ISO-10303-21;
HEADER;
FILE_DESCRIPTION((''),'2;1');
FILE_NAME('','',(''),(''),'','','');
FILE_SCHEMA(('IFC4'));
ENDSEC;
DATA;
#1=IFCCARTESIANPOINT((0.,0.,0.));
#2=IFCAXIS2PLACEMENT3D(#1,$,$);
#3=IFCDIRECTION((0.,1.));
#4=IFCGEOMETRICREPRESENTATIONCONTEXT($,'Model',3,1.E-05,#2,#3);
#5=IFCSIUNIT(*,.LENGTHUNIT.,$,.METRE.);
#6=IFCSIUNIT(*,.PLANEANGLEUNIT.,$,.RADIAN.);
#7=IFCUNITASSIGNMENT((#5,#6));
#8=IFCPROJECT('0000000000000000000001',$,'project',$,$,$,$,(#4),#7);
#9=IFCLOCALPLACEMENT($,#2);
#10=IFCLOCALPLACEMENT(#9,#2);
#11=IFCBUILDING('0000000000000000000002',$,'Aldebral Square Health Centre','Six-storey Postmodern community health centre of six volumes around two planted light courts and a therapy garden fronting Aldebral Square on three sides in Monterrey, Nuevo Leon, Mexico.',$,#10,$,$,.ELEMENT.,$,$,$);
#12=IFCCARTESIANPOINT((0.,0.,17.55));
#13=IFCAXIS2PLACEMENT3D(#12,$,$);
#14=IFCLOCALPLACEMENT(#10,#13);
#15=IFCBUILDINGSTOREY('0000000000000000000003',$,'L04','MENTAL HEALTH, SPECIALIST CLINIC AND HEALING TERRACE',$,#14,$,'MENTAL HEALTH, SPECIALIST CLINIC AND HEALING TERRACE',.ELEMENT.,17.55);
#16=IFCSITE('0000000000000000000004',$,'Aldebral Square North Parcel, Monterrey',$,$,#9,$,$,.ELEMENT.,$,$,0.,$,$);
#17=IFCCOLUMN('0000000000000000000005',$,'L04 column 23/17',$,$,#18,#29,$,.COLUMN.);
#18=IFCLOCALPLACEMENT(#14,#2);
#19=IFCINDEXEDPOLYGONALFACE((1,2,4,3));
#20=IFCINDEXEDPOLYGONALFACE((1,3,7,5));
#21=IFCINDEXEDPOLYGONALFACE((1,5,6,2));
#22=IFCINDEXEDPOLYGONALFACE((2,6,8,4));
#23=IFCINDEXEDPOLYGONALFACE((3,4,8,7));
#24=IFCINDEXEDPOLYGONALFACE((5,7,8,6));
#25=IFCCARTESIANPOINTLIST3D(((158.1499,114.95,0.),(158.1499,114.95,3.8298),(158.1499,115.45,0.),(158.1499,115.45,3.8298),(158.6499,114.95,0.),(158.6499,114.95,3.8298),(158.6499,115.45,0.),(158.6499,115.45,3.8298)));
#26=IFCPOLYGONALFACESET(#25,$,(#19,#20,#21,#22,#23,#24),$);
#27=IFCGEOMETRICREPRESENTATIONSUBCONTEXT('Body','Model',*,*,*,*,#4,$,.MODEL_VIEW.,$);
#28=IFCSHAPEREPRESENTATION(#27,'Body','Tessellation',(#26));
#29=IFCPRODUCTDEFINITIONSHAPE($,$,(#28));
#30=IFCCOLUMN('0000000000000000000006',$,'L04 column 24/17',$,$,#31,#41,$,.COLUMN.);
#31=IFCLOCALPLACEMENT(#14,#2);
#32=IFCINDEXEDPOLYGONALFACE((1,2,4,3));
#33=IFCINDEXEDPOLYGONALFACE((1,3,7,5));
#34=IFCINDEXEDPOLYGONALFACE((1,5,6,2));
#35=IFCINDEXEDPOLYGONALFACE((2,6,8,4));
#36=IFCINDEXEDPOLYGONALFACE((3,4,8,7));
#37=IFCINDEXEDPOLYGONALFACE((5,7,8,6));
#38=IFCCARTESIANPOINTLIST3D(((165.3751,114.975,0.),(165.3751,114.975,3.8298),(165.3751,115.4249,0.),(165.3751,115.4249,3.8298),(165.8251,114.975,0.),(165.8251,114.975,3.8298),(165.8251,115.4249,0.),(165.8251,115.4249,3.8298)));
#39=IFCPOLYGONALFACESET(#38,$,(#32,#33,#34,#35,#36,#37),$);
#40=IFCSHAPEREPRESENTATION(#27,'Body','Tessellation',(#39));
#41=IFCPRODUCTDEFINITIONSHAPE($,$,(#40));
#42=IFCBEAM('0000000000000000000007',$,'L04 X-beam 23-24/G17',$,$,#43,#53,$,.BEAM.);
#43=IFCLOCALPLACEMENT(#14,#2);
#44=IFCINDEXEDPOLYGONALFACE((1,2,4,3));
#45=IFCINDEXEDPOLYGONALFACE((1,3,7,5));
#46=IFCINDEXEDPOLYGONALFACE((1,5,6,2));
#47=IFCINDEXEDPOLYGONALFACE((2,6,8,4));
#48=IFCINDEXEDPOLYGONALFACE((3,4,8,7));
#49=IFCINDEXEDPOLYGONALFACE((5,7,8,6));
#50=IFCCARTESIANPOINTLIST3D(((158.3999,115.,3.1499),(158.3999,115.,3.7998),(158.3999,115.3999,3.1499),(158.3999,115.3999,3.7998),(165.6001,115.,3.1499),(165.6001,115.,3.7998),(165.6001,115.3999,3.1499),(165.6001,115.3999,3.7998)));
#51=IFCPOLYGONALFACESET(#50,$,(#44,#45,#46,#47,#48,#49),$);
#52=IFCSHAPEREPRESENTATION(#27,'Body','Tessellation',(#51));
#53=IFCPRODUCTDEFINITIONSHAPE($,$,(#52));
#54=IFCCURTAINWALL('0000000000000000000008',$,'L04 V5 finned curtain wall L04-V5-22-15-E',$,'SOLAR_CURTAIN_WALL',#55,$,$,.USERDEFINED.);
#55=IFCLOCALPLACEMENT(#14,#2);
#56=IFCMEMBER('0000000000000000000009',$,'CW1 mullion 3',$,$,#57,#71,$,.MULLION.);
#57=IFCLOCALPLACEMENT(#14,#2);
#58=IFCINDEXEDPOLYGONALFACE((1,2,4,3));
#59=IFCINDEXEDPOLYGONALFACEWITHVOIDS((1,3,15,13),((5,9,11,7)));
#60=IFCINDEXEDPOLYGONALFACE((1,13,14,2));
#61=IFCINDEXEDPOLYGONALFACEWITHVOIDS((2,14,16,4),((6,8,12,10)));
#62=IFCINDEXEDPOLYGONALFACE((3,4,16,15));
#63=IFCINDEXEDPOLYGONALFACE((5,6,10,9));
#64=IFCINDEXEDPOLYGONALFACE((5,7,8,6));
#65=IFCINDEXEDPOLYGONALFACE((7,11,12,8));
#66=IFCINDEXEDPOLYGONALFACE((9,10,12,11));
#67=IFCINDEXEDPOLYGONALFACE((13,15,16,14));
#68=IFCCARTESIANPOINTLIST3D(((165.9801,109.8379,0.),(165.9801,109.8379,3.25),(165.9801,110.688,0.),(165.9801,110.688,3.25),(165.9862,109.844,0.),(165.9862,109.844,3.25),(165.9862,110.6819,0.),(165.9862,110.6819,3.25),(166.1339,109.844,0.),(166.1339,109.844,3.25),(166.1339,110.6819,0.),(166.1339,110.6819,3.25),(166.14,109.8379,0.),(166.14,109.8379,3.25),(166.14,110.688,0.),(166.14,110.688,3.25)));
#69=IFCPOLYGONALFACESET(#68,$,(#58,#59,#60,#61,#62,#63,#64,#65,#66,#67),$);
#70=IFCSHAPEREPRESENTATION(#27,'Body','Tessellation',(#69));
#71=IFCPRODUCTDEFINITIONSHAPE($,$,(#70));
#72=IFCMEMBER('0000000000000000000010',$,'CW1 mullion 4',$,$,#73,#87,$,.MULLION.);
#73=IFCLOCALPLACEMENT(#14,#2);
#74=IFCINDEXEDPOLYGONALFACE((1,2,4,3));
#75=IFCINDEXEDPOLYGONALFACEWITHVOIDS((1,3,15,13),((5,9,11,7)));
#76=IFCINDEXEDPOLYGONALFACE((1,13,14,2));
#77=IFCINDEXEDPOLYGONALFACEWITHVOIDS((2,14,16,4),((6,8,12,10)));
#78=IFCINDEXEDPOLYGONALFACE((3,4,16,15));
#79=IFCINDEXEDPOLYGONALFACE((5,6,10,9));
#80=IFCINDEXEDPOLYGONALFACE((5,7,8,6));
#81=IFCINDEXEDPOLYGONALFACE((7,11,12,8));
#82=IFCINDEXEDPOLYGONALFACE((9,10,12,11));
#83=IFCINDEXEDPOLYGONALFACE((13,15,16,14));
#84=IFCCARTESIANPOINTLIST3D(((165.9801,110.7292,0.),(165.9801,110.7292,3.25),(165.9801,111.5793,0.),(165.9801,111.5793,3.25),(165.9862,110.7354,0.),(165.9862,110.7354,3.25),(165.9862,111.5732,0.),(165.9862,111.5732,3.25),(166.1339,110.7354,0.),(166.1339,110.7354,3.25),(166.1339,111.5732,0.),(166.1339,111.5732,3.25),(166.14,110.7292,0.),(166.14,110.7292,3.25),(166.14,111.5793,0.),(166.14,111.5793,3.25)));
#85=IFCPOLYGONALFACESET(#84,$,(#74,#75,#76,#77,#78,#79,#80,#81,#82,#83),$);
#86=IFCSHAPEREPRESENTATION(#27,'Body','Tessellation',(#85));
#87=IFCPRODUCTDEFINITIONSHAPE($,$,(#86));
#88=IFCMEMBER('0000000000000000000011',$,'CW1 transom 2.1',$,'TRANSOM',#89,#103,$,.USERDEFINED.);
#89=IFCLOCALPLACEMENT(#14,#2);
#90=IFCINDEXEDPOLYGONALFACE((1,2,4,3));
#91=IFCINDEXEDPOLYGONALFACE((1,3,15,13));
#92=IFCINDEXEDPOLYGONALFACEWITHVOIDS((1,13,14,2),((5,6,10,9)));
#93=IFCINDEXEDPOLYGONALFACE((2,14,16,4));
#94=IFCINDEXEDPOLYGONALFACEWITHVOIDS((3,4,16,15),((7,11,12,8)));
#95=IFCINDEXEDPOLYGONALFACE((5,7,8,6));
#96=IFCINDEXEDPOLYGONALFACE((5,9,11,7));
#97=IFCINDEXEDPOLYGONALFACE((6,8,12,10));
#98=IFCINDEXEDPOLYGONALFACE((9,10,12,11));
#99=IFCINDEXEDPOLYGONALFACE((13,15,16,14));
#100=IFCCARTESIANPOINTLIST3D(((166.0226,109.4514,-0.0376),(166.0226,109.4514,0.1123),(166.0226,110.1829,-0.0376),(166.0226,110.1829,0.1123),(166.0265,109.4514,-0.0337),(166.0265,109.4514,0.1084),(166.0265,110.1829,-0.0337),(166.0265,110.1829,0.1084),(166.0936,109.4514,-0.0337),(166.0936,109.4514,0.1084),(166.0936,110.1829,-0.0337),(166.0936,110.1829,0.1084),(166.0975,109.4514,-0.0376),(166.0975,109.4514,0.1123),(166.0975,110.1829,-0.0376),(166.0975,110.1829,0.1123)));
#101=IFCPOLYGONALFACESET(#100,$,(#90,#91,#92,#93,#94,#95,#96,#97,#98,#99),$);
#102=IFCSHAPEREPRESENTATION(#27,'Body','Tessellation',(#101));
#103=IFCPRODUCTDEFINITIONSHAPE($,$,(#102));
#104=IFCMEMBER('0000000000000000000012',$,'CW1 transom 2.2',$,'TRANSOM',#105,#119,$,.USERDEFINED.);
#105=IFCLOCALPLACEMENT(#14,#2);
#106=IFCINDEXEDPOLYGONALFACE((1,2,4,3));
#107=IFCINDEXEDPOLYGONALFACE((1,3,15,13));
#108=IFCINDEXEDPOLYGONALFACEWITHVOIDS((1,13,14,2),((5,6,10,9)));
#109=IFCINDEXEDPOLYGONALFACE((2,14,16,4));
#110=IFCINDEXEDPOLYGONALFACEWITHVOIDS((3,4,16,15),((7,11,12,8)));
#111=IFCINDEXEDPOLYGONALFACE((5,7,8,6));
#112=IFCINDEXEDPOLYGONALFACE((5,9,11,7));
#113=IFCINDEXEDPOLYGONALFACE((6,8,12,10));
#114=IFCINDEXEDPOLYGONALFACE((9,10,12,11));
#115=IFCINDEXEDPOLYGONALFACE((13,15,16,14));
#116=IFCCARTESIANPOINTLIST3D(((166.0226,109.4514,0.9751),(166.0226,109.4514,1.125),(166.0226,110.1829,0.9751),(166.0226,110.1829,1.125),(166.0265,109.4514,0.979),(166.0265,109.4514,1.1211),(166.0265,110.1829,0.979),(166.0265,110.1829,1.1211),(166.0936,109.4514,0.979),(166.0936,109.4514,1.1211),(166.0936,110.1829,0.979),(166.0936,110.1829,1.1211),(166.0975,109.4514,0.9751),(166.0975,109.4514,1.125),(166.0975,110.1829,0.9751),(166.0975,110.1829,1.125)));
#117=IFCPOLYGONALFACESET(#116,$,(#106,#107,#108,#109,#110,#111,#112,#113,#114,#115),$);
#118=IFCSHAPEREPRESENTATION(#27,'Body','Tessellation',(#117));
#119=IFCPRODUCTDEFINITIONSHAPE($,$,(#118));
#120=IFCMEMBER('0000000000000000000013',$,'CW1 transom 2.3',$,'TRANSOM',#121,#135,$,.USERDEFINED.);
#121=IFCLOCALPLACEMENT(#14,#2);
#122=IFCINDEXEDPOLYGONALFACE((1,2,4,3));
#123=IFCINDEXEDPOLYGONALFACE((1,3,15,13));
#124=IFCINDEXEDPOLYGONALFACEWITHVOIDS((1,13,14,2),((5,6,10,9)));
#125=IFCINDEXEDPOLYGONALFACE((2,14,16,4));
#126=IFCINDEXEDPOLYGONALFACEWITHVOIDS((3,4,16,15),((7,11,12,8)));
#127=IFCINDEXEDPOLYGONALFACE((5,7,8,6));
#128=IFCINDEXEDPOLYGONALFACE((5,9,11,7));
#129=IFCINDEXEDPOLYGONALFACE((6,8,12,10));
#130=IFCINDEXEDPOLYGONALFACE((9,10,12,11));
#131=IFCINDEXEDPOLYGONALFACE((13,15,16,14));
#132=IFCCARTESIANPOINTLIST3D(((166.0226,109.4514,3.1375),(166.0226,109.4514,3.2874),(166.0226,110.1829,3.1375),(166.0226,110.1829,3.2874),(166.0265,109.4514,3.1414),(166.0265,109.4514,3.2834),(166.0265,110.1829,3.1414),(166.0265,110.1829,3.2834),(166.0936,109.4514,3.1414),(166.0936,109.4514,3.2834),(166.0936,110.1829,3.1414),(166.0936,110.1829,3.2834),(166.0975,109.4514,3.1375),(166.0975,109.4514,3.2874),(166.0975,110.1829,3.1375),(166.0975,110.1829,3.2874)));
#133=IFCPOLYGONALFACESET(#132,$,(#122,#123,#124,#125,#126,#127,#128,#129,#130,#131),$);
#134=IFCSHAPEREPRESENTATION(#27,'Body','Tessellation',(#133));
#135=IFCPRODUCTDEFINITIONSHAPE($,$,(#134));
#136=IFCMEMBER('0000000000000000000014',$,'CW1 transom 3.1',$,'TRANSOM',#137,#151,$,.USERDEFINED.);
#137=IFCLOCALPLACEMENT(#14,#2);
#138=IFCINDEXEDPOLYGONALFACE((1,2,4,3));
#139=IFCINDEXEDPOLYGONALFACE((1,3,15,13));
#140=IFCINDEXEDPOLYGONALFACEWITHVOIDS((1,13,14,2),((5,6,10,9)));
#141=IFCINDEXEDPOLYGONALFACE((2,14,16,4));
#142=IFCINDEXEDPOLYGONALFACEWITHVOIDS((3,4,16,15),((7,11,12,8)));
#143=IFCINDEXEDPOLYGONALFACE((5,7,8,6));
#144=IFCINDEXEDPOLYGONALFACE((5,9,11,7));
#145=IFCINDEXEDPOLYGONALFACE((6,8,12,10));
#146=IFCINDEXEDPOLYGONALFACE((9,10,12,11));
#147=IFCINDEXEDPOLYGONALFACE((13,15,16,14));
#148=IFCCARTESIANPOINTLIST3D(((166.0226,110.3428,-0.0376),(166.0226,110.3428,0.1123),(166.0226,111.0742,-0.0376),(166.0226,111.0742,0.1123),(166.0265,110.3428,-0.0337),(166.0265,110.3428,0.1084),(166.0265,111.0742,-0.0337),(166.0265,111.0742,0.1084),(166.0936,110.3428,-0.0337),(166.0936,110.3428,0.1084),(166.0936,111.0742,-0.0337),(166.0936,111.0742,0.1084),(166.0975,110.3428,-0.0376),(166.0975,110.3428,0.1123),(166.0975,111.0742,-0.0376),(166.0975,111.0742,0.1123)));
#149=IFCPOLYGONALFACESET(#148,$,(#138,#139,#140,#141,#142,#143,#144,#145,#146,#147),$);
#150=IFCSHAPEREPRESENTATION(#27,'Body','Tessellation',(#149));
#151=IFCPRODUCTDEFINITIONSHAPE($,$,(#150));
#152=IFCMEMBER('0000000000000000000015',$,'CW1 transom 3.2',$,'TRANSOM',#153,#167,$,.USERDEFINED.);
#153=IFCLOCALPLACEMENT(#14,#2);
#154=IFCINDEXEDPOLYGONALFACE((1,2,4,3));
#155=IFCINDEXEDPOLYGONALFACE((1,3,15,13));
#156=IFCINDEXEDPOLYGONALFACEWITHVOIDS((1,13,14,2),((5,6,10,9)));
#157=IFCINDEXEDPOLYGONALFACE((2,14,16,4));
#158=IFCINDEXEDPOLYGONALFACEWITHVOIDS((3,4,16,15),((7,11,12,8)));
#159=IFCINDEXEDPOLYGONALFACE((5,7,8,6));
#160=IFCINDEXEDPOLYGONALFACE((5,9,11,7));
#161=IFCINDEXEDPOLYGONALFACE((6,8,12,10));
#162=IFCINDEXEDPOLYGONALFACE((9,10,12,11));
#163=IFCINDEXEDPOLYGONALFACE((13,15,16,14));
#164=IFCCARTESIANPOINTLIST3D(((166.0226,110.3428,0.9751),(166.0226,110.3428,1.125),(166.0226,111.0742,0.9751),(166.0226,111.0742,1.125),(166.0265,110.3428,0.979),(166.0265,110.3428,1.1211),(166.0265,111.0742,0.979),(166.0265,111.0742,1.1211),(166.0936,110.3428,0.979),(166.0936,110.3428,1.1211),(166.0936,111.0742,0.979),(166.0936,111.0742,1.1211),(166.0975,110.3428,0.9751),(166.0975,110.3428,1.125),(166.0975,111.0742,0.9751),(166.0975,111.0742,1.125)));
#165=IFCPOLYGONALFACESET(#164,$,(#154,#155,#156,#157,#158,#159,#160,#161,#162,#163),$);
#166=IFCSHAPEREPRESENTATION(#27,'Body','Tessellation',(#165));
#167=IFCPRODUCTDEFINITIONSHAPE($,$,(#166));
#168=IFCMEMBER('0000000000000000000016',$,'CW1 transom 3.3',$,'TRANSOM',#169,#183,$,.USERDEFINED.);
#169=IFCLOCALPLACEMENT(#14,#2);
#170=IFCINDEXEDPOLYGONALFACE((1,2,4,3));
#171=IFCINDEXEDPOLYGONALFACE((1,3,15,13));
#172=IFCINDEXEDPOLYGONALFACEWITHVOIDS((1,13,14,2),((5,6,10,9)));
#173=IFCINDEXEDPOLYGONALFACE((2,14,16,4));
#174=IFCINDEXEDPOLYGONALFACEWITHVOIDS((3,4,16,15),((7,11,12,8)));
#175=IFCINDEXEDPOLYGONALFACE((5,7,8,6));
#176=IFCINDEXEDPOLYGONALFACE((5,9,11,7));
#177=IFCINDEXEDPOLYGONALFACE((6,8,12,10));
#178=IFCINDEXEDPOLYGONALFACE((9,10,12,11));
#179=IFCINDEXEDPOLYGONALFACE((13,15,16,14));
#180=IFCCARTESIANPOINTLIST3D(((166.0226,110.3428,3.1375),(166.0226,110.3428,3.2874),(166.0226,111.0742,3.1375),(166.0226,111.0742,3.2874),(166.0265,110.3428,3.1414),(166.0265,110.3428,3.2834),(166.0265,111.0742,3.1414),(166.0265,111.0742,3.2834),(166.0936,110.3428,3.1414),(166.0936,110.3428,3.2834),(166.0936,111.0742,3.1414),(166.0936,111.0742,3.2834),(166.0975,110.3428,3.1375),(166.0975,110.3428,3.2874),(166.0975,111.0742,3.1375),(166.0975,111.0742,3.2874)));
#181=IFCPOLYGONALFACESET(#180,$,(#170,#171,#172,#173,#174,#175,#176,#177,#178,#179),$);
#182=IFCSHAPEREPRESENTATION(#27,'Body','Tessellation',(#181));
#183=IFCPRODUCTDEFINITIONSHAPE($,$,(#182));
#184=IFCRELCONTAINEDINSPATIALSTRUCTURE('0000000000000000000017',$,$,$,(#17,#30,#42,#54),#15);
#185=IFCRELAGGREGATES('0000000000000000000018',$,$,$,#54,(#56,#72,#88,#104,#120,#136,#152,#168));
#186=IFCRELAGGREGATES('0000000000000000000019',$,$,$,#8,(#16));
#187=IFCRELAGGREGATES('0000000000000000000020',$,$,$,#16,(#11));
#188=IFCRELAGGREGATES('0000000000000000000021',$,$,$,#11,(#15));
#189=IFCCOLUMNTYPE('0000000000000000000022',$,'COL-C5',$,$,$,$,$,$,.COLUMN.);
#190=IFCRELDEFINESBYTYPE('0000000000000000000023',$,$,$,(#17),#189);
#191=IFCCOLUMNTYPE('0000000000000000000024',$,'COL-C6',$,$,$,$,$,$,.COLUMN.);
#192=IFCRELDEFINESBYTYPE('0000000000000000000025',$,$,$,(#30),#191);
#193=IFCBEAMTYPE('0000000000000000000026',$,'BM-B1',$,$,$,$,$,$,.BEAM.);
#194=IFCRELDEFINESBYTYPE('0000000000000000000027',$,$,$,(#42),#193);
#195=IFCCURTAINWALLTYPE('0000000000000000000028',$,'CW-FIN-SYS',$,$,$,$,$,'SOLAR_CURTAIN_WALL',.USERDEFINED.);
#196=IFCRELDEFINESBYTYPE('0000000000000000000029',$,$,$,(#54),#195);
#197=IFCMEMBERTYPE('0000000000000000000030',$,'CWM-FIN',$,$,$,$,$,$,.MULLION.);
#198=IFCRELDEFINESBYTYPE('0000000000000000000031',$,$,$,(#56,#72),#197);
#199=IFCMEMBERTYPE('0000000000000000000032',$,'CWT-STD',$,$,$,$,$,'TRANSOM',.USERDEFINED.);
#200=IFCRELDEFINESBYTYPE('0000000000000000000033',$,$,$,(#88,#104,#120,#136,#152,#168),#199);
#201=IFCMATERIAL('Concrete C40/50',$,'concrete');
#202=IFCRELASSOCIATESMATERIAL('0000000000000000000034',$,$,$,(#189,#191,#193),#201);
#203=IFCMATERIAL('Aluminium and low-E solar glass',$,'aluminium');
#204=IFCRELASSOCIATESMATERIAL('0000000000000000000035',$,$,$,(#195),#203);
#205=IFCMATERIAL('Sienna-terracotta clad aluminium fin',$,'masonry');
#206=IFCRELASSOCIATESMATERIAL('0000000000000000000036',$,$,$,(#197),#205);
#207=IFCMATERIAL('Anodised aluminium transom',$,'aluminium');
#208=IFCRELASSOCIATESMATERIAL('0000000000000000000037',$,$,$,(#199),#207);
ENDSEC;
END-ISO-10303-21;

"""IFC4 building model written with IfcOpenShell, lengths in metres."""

from ifc_helpers import new_model, si_unit, direction, frame, origin, origin_2d, place, context, subcontext, project, spatial, rectangle, hollow_rectangle, extrude, material, material_profile, profile_set, type_object, element, aggregate, save


model = new_model("IFC4")

# Units and contexts
model_context = context("Model", 3, precision=1e-05, world=origin(), true_north=direction((0.0, 1.0)))
body_context = subcontext(model_context, "Body", "Model", "MODEL_VIEW")
ifc_project = project(units=[si_unit("LENGTHUNIT", "METRE"), si_unit("PLANEANGLEUNIT", "RADIAN")], contexts=[model_context])

# Site, building, storey
site_placement = place(None, origin())
site = spatial("IfcSite", under=ifc_project, at=site_placement, Name="Aldebral Square North Parcel, Monterrey", CompositionType="ELEMENT", RefElevation=0.0)
building_placement = place(site_placement, origin())
building = spatial("IfcBuilding", under=site, at=building_placement, Name="Aldebral Square Health Centre", Description="Six-storey Postmodern community health centre of six volumes around two planted light courts and a therapy garden fronting Aldebral Square on three sides in Monterrey, Nuevo Leon, Mexico.", CompositionType="ELEMENT")
storey_placement = place(building_placement, frame((0.0, 0.0, 17.55)))
storey = spatial("IfcBuildingStorey", under=building, at=storey_placement, Name="L04", Description="MENTAL HEALTH, SPECIALIST CLINIC AND HEALING TERRACE", LongName="MENTAL HEALTH, SPECIALIST CLINIC AND HEALING TERRACE", CompositionType="ELEMENT", Elevation=17.55)

# Columns
ifc_material_1 = material(Name="Concrete C40/50", Category="concrete")
ifc_material_profile_1 = material_profile(ifc_material_1, rectangle(XDim=0.5, YDim=0.5, at=origin_2d()), Name="RC 500x500")
ifc_profile_set_1 = profile_set([ifc_material_profile_1], Name="Concrete C40/50")
column_type_1 = type_object("IfcColumnType", Name="COL-C5", PredefinedType="COLUMN", material=ifc_profile_set_1)
column_1_placement = place(storey_placement, frame((158.3999, 115.2, 0.0), z_axis=(0.0, 0.0, 1.0), x_axis=(1.0, 0.0, 0.0)))
element("IfcColumn", 1, at=column_1_placement, inside=storey, type_object=column_type_1, Name="L04 column 23/17", PredefinedType="COLUMN", context=body_context, shape_type="SweptSolid", body=[
    extrude(rectangle(XDim=0.5, YDim=0.5, at=origin_2d()), origin(), (0.0, 0.0, 1.0), 3.8298),
])
ifc_material_profile_2 = material_profile(ifc_material_1, rectangle(XDim=0.45, YDim=0.45, at=origin_2d()), Name="RC 450x450")
ifc_profile_set_2 = profile_set([ifc_material_profile_2], Name="Concrete C40/50")
column_type_2 = type_object("IfcColumnType", Name="COL-C6", PredefinedType="COLUMN", material=ifc_profile_set_2)
column_2_placement = place(storey_placement, frame((165.6001, 115.2, 0.0), z_axis=(0.0, 0.0, 1.0), x_axis=(1.0, 0.0, 0.0)))
element("IfcColumn", 2, at=column_2_placement, inside=storey, type_object=column_type_2, Name="L04 column 24/17", PredefinedType="COLUMN", context=body_context, shape_type="SweptSolid", body=[
    extrude(rectangle(XDim=0.45, YDim=0.45, at=origin_2d()), origin(), (0.0, 0.0, 1.0), 3.8298),
])

# Beam
ifc_material_profile_3 = material_profile(ifc_material_1, rectangle(XDim=0.3999, YDim=0.6499, at=origin_2d()), Name="RC 400x650")
ifc_profile_set_3 = profile_set([ifc_material_profile_3], Name="Concrete C40/50")
beam_type = type_object("IfcBeamType", Name="BM-B1", PredefinedType="BEAM", material=ifc_profile_set_3)
beam_placement = place(storey_placement, frame((158.3999, 115.2, 3.4749), z_axis=(1.0, 0.0, 0.0), x_axis=(0.0, 1.0, 0.0)))
element("IfcBeam", 3, at=beam_placement, inside=storey, type_object=beam_type, Name="L04 X-beam 23-24/G17", PredefinedType="BEAM", context=body_context, shape_type="SweptSolid", body=[
    extrude(rectangle(XDim=0.3999, YDim=0.6499, at=origin_2d()), origin(), (0.0, 0.0, 1.0), 7.2002),
])

# Curtain wall, members
ifc_material_2 = material(Name="Aluminium and low-E solar glass", Category="aluminium")
curtain_wall_type = type_object("IfcCurtainWallType", Name="CW-FIN-SYS", ElementType="SOLAR_CURTAIN_WALL", PredefinedType="USERDEFINED", material=ifc_material_2)
curtain_wall_placement = place(storey_placement, origin())
curtain_wall = element("IfcCurtainWall", 4, at=curtain_wall_placement, inside=storey, type_object=curtain_wall_type, Name="L04 V5 finned curtain wall L04-V5-22-15-E", ObjectType="SOLAR_CURTAIN_WALL", PredefinedType="USERDEFINED")
ifc_material_3 = material(Name="Sienna-terracotta clad aluminium fin", Category="masonry")
ifc_material_profile_4 = material_profile(ifc_material_3, hollow_rectangle(XDim=0.1599, YDim=0.8501, WallThickness=0.0061, at=origin_2d()), Name="FIN 160x850x6")
ifc_profile_set_4 = profile_set([ifc_material_profile_4], Name="Sienna-terracotta clad aluminium fin")
member_type_1 = type_object("IfcMemberType", Name="CWM-FIN", PredefinedType="MULLION", material=ifc_profile_set_4)
member_1_placement = place(storey_placement, frame((166.0601, 110.2629, 0.0), z_axis=(0.0, 0.0, 1.0), x_axis=(-1.0, 0.0, 0.0)))
member_1 = element("IfcMember", 5, at=member_1_placement, type_object=member_type_1, Name="CW1 mullion 3", PredefinedType="MULLION", context=body_context, shape_type="SweptSolid", body=[
    extrude(hollow_rectangle(XDim=0.1599, YDim=0.8501, WallThickness=0.0061, at=origin_2d()), origin(), (0.0, 0.0, 1.0), 3.25),
])
member_2_placement = place(storey_placement, frame((166.0601, 111.1543, 0.0), z_axis=(0.0, 0.0, 1.0), x_axis=(-1.0, 0.0, 0.0)))
member_2 = element("IfcMember", 6, at=member_2_placement, type_object=member_type_1, Name="CW1 mullion 4", PredefinedType="MULLION", context=body_context, shape_type="SweptSolid", body=[
    extrude(hollow_rectangle(XDim=0.1599, YDim=0.8501, WallThickness=0.0061, at=origin_2d()), origin(), (0.0, 0.0, 1.0), 3.25),
])
ifc_material_4 = material(Name="Anodised aluminium transom", Category="aluminium")
ifc_material_profile_5 = material_profile(ifc_material_4, hollow_rectangle(XDim=0.075, YDim=0.1499, WallThickness=0.0039, at=origin_2d()), Name="CWT 75x150x4")
ifc_profile_set_5 = profile_set([ifc_material_profile_5], Name="Anodised aluminium transom")
member_type_2 = type_object("IfcMemberType", Name="CWT-STD", ElementType="TRANSOM", PredefinedType="USERDEFINED", material=ifc_profile_set_5)
member_3_placement = place(storey_placement, frame((166.0601, 109.4514, 0.0374), z_axis=(0.0, 1.0, 0.0), x_axis=(-1.0, 0.0, 0.0)))
member_3 = element("IfcMember", 7, at=member_3_placement, type_object=member_type_2, Name="CW1 transom 2.1", ObjectType="TRANSOM", PredefinedType="USERDEFINED", context=body_context, shape_type="SweptSolid", body=[
    extrude(hollow_rectangle(XDim=0.075, YDim=0.1499, WallThickness=0.0039, at=origin_2d()), origin(), (0.0, 0.0, 1.0), 0.7314),
])
member_4_placement = place(storey_placement, frame((166.0601, 109.4514, 1.05), z_axis=(0.0, 1.0, 0.0), x_axis=(-1.0, 0.0, 0.0)))
member_4 = element("IfcMember", 8, at=member_4_placement, type_object=member_type_2, Name="CW1 transom 2.2", ObjectType="TRANSOM", PredefinedType="USERDEFINED", context=body_context, shape_type="SweptSolid", body=[
    extrude(hollow_rectangle(XDim=0.075, YDim=0.1499, WallThickness=0.0039, at=origin_2d()), origin(), (0.0, 0.0, 1.0), 0.7314),
])
member_5_placement = place(storey_placement, frame((166.0601, 109.4514, 3.2124), z_axis=(0.0, 1.0, 0.0), x_axis=(-1.0, 0.0, 0.0)))
member_5 = element("IfcMember", 9, at=member_5_placement, type_object=member_type_2, Name="CW1 transom 2.3", ObjectType="TRANSOM", PredefinedType="USERDEFINED", context=body_context, shape_type="SweptSolid", body=[
    extrude(hollow_rectangle(XDim=0.075, YDim=0.1499, WallThickness=0.0039, at=origin_2d()), origin(), (0.0, 0.0, 1.0), 0.7314),
])
member_6_placement = place(storey_placement, frame((166.0601, 110.3428, 0.0374), z_axis=(0.0, 1.0, 0.0), x_axis=(-1.0, 0.0, 0.0)))
member_6 = element("IfcMember", 10, at=member_6_placement, type_object=member_type_2, Name="CW1 transom 3.1", ObjectType="TRANSOM", PredefinedType="USERDEFINED", context=body_context, shape_type="SweptSolid", body=[
    extrude(hollow_rectangle(XDim=0.075, YDim=0.1499, WallThickness=0.0039, at=origin_2d()), origin(), (0.0, 0.0, 1.0), 0.7314),
])
member_7_placement = place(storey_placement, frame((166.0601, 110.3428, 1.05), z_axis=(0.0, 1.0, 0.0), x_axis=(-1.0, 0.0, 0.0)))
member_7 = element("IfcMember", 11, at=member_7_placement, type_object=member_type_2, Name="CW1 transom 3.2", ObjectType="TRANSOM", PredefinedType="USERDEFINED", context=body_context, shape_type="SweptSolid", body=[
    extrude(hollow_rectangle(XDim=0.075, YDim=0.1499, WallThickness=0.0039, at=origin_2d()), origin(), (0.0, 0.0, 1.0), 0.7314),
])
member_8_placement = place(storey_placement, frame((166.0601, 110.3428, 3.2124), z_axis=(0.0, 1.0, 0.0), x_axis=(-1.0, 0.0, 0.0)))
member_8 = element("IfcMember", 12, at=member_8_placement, type_object=member_type_2, Name="CW1 transom 3.3", ObjectType="TRANSOM", PredefinedType="USERDEFINED", context=body_context, shape_type="SweptSolid", body=[
    extrude(hollow_rectangle(XDim=0.075, YDim=0.1499, WallThickness=0.0039, at=origin_2d()), origin(), (0.0, 0.0, 1.0), 0.7314),
])
aggregate(curtain_wall, [member_1, member_2, member_3, member_4, member_5, member_6, member_7, member_8])

save(model, "model.ifc")
